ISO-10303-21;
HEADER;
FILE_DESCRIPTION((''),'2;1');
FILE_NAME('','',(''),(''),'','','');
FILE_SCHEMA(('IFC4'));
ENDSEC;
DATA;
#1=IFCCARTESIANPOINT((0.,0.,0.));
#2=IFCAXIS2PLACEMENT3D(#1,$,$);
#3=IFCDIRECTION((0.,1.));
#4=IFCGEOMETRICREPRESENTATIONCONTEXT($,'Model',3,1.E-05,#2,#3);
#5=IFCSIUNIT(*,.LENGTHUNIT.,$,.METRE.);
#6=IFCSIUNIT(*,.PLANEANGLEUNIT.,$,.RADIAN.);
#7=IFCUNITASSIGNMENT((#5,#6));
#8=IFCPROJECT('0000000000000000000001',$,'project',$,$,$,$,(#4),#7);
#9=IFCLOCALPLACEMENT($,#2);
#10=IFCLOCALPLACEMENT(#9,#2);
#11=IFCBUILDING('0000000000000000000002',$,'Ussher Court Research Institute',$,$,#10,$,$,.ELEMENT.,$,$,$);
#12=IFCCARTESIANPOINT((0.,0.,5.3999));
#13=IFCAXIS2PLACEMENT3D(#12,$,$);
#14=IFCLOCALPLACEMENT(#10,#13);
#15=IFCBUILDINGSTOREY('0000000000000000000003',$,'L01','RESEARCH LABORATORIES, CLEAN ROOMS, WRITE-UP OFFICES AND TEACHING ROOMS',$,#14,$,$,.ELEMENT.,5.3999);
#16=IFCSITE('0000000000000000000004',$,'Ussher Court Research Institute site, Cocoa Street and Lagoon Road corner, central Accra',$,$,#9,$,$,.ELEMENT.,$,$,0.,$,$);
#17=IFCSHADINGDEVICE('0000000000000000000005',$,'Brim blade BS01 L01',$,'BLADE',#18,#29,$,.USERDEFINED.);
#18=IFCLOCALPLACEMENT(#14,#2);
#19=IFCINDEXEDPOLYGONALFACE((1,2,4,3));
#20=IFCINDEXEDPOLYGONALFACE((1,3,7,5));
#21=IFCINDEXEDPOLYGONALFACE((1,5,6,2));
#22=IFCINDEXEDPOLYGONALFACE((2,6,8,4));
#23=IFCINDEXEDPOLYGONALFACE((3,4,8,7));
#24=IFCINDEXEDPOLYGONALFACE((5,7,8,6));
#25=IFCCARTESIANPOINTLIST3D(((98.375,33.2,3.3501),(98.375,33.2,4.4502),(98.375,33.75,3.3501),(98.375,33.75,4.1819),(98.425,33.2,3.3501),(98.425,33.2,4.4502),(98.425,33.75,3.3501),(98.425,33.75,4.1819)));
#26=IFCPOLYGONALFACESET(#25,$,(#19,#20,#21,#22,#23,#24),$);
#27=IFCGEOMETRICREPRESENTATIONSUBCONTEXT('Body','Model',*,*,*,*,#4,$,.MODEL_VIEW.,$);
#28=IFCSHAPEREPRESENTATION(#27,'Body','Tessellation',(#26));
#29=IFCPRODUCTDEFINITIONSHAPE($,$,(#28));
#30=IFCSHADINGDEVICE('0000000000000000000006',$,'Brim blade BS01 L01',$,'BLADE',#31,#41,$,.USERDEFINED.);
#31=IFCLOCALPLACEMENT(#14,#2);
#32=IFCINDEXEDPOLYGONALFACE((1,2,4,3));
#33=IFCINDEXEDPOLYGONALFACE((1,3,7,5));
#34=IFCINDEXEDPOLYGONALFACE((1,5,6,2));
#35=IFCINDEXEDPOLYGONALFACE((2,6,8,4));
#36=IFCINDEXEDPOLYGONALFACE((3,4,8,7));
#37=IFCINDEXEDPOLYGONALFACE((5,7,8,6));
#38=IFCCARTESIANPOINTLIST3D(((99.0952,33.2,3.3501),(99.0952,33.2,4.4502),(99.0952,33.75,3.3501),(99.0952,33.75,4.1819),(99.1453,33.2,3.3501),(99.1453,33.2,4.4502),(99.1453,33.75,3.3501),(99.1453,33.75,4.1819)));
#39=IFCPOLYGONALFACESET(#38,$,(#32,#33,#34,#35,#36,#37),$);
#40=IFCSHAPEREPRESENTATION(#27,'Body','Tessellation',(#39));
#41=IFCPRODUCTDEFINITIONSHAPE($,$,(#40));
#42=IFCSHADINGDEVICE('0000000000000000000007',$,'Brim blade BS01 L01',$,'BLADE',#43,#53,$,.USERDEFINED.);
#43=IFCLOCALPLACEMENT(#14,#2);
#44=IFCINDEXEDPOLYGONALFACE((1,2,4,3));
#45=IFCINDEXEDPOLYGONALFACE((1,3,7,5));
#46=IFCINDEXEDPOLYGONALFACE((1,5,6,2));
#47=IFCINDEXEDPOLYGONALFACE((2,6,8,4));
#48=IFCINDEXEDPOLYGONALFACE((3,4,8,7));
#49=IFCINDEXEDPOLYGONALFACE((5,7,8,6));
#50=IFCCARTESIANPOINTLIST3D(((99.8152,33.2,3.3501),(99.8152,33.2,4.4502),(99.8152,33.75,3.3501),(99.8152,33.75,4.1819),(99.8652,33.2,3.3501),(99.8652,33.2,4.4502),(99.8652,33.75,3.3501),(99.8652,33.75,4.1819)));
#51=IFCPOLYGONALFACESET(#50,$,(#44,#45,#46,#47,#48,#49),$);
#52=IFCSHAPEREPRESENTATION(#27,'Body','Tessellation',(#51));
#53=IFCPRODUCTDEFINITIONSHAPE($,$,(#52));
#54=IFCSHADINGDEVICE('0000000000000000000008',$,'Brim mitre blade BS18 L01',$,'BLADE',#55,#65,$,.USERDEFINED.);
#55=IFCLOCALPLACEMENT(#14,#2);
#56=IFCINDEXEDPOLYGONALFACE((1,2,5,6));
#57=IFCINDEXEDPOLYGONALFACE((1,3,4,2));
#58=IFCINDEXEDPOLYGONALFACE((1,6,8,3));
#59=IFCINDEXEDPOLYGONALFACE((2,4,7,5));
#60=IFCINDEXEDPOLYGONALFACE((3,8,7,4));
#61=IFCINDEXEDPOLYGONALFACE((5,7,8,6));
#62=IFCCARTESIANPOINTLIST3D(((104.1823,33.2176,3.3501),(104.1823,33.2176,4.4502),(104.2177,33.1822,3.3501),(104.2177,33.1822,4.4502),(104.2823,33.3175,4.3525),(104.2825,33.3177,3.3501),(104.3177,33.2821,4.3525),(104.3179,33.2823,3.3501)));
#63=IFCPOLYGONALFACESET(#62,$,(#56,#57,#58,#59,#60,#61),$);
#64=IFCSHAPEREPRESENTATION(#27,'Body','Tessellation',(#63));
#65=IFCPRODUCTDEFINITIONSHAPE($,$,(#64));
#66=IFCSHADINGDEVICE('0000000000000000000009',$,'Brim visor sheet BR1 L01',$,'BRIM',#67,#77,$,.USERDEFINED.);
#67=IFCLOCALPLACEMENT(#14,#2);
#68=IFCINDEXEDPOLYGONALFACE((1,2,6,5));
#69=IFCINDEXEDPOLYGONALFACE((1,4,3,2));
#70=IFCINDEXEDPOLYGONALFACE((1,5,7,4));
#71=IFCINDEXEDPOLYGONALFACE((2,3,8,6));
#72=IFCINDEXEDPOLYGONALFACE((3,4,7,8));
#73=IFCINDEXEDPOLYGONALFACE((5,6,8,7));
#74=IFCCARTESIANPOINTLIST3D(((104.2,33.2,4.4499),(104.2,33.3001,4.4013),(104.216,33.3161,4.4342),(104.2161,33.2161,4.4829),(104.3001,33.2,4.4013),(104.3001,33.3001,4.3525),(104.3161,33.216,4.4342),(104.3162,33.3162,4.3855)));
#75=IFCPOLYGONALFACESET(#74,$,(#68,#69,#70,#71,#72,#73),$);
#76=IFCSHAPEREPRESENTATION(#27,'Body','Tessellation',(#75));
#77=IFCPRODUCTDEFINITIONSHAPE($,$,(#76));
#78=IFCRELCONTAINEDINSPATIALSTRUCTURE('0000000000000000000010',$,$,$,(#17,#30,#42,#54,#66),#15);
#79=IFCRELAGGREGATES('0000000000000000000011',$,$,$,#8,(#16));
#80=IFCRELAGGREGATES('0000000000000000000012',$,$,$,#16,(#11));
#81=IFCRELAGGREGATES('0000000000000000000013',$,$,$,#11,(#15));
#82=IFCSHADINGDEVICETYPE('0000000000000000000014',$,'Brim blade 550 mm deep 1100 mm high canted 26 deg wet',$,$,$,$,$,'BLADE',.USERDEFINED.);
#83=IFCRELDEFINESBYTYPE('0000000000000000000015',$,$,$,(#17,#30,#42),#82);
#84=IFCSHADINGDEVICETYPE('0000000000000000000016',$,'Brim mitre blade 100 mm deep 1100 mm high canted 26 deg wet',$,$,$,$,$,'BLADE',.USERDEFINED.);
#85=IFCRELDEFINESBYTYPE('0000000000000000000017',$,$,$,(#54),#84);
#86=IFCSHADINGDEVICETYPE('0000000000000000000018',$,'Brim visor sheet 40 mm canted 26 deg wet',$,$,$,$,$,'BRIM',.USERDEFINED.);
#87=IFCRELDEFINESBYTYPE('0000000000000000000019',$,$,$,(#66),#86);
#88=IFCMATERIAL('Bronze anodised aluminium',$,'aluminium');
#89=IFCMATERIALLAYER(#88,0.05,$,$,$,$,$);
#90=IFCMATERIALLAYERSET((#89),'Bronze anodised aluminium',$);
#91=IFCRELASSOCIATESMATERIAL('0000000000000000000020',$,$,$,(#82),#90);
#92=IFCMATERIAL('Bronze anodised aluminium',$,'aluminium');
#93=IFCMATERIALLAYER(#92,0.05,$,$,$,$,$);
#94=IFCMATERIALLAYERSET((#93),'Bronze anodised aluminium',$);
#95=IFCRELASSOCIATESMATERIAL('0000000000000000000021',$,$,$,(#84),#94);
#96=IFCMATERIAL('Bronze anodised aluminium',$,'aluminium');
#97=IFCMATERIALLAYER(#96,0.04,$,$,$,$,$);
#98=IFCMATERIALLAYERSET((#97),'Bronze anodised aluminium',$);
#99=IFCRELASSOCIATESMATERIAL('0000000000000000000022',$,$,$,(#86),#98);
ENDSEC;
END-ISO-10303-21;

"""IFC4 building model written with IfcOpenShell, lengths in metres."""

from ifc_helpers import new_model, si_unit, direction, frame, origin, place, context, subcontext, project, spatial, polyline, outline, extrude, material, layer, layer_set, type_object, element, save


model = new_model("IFC4")

# Units and contexts
model_context = context("Model", 3, precision=1e-05, world=origin(), true_north=direction((0.0, 1.0)))
body_context = subcontext(model_context, "Body", "Model", "MODEL_VIEW")
ifc_project = project(units=[si_unit("LENGTHUNIT", "METRE"), si_unit("PLANEANGLEUNIT", "RADIAN")], contexts=[model_context])

# Site, building, storey
site_placement = place(None, origin())
site = spatial("IfcSite", under=ifc_project, at=site_placement, Name="Ussher Court Research Institute site, Cocoa Street and Lagoon Road corner, central Accra", CompositionType="ELEMENT", RefElevation=0.0)
building_placement = place(site_placement, origin())
building = spatial("IfcBuilding", under=site, at=building_placement, Name="Ussher Court Research Institute", CompositionType="ELEMENT")
storey_placement = place(building_placement, frame((0.0, 0.0, 5.3999)))
storey = spatial("IfcBuildingStorey", under=building, at=storey_placement, Name="L01", Description="RESEARCH LABORATORIES, CLEAN ROOMS, WRITE-UP OFFICES AND TEACHING ROOMS", CompositionType="ELEMENT", Elevation=5.3999)

# Shading devices
ifc_material_1 = material(Name="Bronze anodised aluminium", Category="aluminium")
ifc_layer_1 = layer(ifc_material_1, 0.05)
ifc_layer_set_1 = layer_set([ifc_layer_1], Name="Bronze anodised aluminium")
shading_device_type_1 = type_object("IfcShadingDeviceType", Name="Brim blade 550 mm deep 1100 mm high canted 26 deg wet", ElementType="BLADE", PredefinedType="USERDEFINED", material=ifc_layer_set_1)
for number, where, z_axis, x_axis, name in (
    (1, (98.3999, 33.2, 3.3501), (0.0, 0.0, 1.0), (0.0, 1.0, 0.0), "Brim blade BS01 L01"),
    (2, (99.1201, 33.2, 3.3501), (0.0, 0.0, 1.0), (0.0, 1.0, 0.0), "Brim blade BS01 L01"),
    (3, (99.8401, 33.2, 3.3501), (0.0, 0.0, 1.0), (0.0, 1.0, 0.0), "Brim blade BS01 L01"),
):
    element("IfcShadingDevice", number, at=place(storey_placement, frame(where, z_axis=z_axis, x_axis=x_axis)), inside=storey, type_object=shading_device_type_1, Name=name, ObjectType="BLADE", PredefinedType="USERDEFINED", context=body_context, shape_type="SweptSolid", body=[
        extrude(outline(polyline([(0.0, 0.0), (0.55, 0.0), (0.55, 0.8318), (0.0, 1.1001), (0.0, 0.0)])), frame((0.0, 0.0249, 0.0), z_axis=(0.0, -1.0, 0.0), x_axis=(1.0, 0.0, 0.0)), (0.0, 0.0, 1.0), 0.05),
    ])
ifc_material_2 = material(Name="Bronze anodised aluminium", Category="aluminium")
ifc_layer_2 = layer(ifc_material_2, 0.05)
ifc_layer_set_2 = layer_set([ifc_layer_2], Name="Bronze anodised aluminium")
shading_device_type_2 = type_object("IfcShadingDeviceType", Name="Brim mitre blade 100 mm deep 1100 mm high canted 26 deg wet", ElementType="BLADE", PredefinedType="USERDEFINED", material=ifc_layer_set_2)
shading_device_1_placement = place(storey_placement, frame((104.2, 33.2, 3.3501), z_axis=(0.0, 0.0, 1.0), x_axis=(0.707107, 0.707107, 0.0)))
element("IfcShadingDevice", 4, at=shading_device_1_placement, inside=storey, type_object=shading_device_type_2, Name="Brim mitre blade BS18 L01", ObjectType="BLADE", PredefinedType="USERDEFINED", context=body_context, shape_type="SweptSolid", body=[
    extrude(outline(polyline([(0.0, 0.0), (0.1416, 0.0), (0.1414, 1.0024), (0.0, 1.1001), (0.0, 0.0)])), frame((0.0, 0.0249, 0.0), z_axis=(0.0, -1.0, 0.0), x_axis=(1.0, 0.0, 0.0)), (0.0, 0.0, 1.0), 0.05),
])
ifc_material_3 = material(Name="Bronze anodised aluminium", Category="aluminium")
ifc_layer_3 = layer(ifc_material_3, 0.04)
ifc_layer_set_3 = layer_set([ifc_layer_3], Name="Bronze anodised aluminium")
shading_device_type_3 = type_object("IfcShadingDeviceType", Name="Brim visor sheet 40 mm canted 26 deg wet", ElementType="BRIM", PredefinedType="USERDEFINED", material=ifc_layer_set_3)
shading_device_2_placement = place(storey_placement, frame((104.2161, 33.2161, 4.4829), z_axis=(0.400848, 0.400848, 0.823797), x_axis=(0.899269, -0.000362, -0.437395)))
element("IfcShadingDevice", 5, at=shading_device_2_placement, inside=storey, type_object=shading_device_type_3, Name="Brim visor sheet BR1 L01", ObjectType="BRIM", PredefinedType="USERDEFINED", context=body_context, shape_type="SweptSolid", body=[
    extrude(outline(polyline([(0.0, 0.0), (0.1113, 0.0), (0.1326, 0.1093), (0.0212, 0.1092), (0.0, 0.0)])), origin(), (0.0, 0.0, -1.0), 0.04),
])

save(model, "model.ifc")
